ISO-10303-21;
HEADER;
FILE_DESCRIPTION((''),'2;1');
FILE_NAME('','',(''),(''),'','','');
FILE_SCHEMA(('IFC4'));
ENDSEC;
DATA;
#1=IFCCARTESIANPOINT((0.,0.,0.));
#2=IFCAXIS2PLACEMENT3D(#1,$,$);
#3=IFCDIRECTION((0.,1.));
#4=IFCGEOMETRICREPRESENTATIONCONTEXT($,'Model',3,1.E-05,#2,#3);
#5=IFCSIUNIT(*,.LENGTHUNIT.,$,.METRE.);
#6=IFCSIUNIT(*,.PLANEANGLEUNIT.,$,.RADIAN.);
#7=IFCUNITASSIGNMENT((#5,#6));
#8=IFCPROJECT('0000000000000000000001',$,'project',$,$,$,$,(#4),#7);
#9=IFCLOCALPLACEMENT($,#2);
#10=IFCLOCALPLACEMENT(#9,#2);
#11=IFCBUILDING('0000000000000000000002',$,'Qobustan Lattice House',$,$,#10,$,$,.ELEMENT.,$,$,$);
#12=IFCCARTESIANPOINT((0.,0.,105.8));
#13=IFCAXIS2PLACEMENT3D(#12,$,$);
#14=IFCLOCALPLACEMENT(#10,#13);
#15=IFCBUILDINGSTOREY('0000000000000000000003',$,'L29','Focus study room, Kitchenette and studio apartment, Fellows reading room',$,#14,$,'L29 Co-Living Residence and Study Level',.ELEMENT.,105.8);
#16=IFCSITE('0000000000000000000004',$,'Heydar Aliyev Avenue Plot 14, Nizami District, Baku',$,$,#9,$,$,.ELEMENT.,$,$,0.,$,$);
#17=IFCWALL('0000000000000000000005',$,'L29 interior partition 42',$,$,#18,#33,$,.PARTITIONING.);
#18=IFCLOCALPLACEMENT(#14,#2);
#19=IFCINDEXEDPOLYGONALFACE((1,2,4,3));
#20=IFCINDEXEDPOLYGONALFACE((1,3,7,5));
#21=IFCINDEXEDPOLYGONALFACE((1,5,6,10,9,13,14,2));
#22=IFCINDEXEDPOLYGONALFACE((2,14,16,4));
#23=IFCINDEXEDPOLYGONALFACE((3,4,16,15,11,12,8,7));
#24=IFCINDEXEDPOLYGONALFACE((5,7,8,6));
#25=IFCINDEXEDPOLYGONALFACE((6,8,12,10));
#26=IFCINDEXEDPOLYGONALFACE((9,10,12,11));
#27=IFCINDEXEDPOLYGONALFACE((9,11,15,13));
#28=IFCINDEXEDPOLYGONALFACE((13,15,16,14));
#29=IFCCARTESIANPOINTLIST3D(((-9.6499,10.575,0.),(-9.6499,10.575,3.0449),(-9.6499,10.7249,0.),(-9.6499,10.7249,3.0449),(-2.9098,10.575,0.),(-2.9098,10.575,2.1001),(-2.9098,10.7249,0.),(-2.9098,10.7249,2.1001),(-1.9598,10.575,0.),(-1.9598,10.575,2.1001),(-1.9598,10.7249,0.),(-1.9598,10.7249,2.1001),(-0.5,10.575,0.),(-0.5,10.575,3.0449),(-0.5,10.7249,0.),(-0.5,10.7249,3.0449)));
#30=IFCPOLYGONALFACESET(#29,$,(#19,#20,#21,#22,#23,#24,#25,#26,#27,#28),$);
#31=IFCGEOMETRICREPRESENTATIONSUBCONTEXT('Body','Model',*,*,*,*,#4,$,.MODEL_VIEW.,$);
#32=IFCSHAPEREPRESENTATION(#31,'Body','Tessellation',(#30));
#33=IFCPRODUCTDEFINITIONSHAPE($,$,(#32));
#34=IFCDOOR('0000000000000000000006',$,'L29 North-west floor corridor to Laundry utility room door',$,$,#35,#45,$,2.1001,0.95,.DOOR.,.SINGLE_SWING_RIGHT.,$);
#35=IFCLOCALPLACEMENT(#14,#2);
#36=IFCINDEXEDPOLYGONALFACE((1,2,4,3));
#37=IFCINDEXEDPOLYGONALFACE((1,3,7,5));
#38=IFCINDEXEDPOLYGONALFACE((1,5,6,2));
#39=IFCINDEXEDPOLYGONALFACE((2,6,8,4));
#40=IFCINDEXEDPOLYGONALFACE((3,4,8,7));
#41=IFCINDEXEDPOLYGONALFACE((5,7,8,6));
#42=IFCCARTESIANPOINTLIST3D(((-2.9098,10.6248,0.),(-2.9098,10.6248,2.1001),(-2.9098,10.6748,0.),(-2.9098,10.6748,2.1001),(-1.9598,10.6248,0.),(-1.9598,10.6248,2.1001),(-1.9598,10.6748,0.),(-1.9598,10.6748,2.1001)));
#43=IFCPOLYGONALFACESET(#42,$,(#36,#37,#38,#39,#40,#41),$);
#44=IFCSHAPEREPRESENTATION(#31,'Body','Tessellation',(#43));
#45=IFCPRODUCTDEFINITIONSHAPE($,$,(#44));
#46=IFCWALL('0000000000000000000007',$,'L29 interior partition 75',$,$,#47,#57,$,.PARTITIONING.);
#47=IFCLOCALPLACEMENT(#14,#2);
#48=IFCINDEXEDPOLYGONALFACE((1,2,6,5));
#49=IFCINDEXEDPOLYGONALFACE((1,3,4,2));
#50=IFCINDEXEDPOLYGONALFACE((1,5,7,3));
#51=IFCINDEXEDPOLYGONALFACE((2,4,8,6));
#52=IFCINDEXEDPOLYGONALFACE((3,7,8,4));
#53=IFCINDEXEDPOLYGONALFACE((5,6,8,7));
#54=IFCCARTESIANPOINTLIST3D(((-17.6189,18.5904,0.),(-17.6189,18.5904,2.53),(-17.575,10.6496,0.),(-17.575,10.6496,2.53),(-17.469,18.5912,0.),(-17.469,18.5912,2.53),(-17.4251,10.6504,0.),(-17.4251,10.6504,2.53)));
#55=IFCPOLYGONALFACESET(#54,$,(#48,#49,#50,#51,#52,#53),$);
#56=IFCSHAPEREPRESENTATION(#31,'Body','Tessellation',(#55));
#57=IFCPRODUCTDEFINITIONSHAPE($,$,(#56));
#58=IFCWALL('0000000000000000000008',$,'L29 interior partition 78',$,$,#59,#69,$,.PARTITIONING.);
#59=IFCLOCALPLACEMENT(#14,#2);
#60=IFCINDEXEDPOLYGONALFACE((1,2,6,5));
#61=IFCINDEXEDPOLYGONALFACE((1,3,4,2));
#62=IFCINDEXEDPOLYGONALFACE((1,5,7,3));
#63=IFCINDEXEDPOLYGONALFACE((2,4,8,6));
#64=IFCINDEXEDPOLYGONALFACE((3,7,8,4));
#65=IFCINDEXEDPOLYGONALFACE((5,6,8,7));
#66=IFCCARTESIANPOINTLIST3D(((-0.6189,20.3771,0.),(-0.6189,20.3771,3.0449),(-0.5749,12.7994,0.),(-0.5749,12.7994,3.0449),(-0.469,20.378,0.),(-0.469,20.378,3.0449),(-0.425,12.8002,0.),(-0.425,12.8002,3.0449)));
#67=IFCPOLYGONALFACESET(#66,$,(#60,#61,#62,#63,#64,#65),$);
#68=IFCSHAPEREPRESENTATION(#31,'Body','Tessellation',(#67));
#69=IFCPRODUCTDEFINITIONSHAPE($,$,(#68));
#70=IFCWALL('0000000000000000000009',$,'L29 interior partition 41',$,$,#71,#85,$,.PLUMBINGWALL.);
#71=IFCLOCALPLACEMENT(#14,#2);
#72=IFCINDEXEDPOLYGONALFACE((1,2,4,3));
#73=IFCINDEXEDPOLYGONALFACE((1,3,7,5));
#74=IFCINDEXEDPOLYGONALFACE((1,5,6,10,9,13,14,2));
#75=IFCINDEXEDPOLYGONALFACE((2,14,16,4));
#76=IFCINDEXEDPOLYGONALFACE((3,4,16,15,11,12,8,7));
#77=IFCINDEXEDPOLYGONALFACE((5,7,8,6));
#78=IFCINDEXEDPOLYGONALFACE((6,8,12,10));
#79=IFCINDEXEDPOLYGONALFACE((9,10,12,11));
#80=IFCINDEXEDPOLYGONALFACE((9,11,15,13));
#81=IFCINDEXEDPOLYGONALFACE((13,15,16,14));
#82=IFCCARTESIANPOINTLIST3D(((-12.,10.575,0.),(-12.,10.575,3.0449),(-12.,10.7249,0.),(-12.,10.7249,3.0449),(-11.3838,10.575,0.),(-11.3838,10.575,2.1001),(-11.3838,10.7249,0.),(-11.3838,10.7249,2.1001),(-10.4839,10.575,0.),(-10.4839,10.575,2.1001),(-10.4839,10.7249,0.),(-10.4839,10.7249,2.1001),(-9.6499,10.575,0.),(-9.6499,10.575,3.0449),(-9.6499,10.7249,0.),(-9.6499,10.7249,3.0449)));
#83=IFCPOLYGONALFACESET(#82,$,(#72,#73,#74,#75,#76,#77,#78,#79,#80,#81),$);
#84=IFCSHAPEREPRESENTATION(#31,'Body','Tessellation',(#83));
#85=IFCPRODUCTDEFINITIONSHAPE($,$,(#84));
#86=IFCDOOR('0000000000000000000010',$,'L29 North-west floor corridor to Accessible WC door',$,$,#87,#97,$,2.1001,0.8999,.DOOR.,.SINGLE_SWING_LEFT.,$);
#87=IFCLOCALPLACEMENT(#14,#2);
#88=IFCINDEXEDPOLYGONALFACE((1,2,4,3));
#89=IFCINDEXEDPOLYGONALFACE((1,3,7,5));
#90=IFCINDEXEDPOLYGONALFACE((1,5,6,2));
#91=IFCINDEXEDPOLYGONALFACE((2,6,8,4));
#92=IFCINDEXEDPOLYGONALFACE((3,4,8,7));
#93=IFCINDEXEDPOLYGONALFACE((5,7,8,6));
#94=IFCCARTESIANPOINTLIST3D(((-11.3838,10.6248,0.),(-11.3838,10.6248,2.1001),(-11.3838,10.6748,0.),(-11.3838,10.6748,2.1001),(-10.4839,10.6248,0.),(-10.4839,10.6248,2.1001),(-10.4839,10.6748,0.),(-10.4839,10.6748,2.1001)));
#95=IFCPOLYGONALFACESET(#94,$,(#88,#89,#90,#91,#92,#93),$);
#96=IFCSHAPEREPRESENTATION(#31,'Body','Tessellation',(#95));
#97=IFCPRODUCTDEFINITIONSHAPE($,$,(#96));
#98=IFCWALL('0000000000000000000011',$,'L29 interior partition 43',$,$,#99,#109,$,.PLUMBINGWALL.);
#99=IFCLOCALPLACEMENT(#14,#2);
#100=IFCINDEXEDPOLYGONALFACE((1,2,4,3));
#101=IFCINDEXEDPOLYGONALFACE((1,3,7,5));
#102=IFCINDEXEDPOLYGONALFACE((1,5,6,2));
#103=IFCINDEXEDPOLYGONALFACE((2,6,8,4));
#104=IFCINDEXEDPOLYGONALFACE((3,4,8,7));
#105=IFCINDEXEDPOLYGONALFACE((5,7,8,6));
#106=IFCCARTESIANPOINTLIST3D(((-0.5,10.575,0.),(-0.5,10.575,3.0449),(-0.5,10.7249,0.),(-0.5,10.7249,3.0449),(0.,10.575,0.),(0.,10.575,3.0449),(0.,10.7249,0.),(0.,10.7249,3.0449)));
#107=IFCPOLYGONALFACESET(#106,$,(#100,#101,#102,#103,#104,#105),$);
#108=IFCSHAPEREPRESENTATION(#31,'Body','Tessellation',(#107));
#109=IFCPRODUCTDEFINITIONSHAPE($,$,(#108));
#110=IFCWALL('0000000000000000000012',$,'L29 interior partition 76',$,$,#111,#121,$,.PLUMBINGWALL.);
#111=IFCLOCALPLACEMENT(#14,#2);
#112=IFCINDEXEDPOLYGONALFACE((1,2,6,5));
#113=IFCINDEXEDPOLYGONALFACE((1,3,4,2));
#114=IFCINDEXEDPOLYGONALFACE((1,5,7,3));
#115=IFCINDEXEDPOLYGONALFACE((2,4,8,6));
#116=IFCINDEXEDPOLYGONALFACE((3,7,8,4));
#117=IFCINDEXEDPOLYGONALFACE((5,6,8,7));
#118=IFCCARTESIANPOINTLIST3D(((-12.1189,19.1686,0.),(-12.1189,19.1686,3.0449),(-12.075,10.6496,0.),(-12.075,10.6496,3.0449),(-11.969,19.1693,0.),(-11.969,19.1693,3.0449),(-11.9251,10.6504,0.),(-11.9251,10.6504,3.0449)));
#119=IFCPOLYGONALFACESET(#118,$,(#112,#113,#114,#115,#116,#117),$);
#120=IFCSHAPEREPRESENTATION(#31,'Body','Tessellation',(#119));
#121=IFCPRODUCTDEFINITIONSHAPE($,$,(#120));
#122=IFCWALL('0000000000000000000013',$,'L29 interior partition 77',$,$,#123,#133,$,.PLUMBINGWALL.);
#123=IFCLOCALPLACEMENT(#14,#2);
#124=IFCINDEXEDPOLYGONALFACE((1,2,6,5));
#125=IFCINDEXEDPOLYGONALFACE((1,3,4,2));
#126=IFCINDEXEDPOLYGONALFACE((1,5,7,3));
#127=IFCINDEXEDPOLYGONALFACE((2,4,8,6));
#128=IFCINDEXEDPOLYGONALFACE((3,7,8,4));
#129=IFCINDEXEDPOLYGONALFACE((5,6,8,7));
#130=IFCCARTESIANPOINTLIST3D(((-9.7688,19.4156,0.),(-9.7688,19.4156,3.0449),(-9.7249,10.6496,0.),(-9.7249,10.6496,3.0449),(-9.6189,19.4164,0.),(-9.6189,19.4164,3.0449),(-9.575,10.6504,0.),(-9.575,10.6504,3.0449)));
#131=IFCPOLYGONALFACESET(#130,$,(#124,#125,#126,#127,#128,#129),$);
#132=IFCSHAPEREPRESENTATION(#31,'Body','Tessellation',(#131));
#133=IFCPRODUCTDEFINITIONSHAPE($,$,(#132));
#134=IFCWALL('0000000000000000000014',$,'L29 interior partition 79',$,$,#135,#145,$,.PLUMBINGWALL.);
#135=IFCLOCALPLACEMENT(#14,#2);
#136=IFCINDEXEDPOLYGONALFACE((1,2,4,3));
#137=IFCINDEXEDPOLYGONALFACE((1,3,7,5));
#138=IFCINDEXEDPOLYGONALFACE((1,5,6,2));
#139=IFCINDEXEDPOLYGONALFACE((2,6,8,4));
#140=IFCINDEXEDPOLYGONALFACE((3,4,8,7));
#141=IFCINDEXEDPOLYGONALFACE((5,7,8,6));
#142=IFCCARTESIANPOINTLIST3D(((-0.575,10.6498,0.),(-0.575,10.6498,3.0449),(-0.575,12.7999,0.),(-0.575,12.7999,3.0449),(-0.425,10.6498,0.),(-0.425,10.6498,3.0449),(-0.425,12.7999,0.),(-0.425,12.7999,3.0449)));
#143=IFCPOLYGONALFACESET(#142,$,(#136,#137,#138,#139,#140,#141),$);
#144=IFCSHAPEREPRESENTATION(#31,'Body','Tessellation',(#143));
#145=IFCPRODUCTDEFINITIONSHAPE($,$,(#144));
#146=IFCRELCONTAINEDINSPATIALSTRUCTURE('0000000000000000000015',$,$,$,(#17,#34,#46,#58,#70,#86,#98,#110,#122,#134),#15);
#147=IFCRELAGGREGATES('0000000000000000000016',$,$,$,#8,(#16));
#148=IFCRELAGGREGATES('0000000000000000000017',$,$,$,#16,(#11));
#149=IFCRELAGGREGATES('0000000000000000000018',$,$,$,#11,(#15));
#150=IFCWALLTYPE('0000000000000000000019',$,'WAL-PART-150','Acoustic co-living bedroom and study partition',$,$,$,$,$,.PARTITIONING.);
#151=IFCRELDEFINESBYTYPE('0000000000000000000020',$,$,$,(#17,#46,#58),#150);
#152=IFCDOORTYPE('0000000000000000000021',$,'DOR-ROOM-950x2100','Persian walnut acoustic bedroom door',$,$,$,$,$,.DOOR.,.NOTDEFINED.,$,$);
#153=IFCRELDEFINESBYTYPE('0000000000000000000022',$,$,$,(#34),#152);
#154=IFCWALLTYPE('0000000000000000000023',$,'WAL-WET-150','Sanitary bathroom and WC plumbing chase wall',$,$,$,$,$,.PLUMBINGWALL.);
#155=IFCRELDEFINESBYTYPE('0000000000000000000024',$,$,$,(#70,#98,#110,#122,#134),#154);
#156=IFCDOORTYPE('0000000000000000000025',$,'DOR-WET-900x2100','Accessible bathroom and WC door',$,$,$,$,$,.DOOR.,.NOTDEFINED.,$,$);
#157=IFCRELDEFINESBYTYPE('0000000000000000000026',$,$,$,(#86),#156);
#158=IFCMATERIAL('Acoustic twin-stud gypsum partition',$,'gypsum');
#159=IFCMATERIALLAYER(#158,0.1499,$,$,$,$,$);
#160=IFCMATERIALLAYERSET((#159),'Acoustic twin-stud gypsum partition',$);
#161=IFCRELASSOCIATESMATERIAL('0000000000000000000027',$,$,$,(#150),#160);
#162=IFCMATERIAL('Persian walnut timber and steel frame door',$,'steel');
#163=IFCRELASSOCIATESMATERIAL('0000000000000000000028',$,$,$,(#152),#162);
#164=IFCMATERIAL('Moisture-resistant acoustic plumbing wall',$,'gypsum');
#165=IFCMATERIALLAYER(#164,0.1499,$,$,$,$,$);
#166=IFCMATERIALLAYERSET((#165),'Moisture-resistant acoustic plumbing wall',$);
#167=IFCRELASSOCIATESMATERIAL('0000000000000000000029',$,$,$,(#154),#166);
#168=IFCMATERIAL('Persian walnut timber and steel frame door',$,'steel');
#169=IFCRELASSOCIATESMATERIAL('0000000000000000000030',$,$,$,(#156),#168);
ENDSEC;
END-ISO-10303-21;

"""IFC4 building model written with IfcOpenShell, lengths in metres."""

from ifc_helpers import new_model, si_unit, direction, frame, frame_2d, origin, place, context, subcontext, project, spatial, rectangle, extrude, material, layer, layer_set, type_object, element, fill, save


model = new_model("IFC4")

# Units and contexts
model_context = context("Model", 3, precision=1e-05, world=origin(), true_north=direction((0.0, 1.0)))
body_context = subcontext(model_context, "Body", "Model", "MODEL_VIEW")
ifc_project = project(units=[si_unit("LENGTHUNIT", "METRE"), si_unit("PLANEANGLEUNIT", "RADIAN")], contexts=[model_context])

# Site, building, storey
site_placement = place(None, origin())
site = spatial("IfcSite", under=ifc_project, at=site_placement, Name="Heydar Aliyev Avenue Plot 14, Nizami District, Baku", CompositionType="ELEMENT", RefElevation=0.0)
building_placement = place(site_placement, origin())
building = spatial("IfcBuilding", under=site, at=building_placement, Name="Qobustan Lattice House", CompositionType="ELEMENT")
storey_placement = place(building_placement, frame((0.0, 0.0, 105.8)))
storey = spatial("IfcBuildingStorey", under=building, at=storey_placement, Name="L29", Description="Focus study room, Kitchenette and studio apartment, Fellows reading room", LongName="L29 Co-Living Residence and Study Level", CompositionType="ELEMENT", Elevation=105.8)

# Wall, opening, door
ifc_material_1 = material(Name="Acoustic twin-stud gypsum partition", Category="gypsum")
ifc_layer_1 = layer(ifc_material_1, 0.1499)
ifc_layer_set_1 = layer_set([ifc_layer_1], Name="Acoustic twin-stud gypsum partition")
wall_type_1 = type_object("IfcWallType", Name="WAL-PART-150", Description="Acoustic co-living bedroom and study partition", PredefinedType="PARTITIONING", material=ifc_layer_set_1)
wall_1_placement = place(storey_placement, frame((-9.6499, 10.6499, 0.0), z_axis=(0.0, 0.0, 1.0), x_axis=(1.0, 0.0, 0.0)))
wall_1 = element("IfcWall", 1, at=wall_1_placement, inside=storey, type_object=wall_type_1, Name="L29 interior partition 42", PredefinedType="PARTITIONING", context=body_context, shape_type="SweptSolid", body=[
    extrude(rectangle(XDim=9.1499, YDim=0.1499, at=frame_2d((4.575, 0.0))), origin(), (0.0, 0.0, 1.0), 3.0449),
])
opening_1_placement = place(wall_1_placement, frame((6.74, 0.0, 0.0)))
opening_1 = element("IfcOpeningElement", 2, at=opening_1_placement, cuts=wall_1, PredefinedType="OPENING", context=body_context, shape_type="SweptSolid", body=[
    extrude(rectangle(XDim=0.95, YDim=2.1001, at=frame_2d((0.4751, 1.05))), frame((0.0, 0.085, 0.0), z_axis=(0.0, -1.0, 0.0), x_axis=(1.0, 0.0, 0.0)), (0.0, 0.0, 1.0), 0.1699),
])
ifc_material_2 = material(Name="Persian walnut timber and steel frame door", Category="steel")
door_type_1 = type_object("IfcDoorType", Name="DOR-ROOM-950x2100", Description="Persian walnut acoustic bedroom door", OperationType="NOTDEFINED", PredefinedType="DOOR", material=ifc_material_2)
door_1_placement = place(opening_1_placement, origin())
door_1 = element("IfcDoor", 3, at=door_1_placement, inside=storey, type_object=door_type_1, Name="L29 North-west floor corridor to Laundry utility room door", OperationType="SINGLE_SWING_RIGHT", OverallHeight=2.1001, OverallWidth=0.95, PredefinedType="DOOR", context=body_context, shape_type="SweptSolid", body=[
    extrude(rectangle(XDim=0.95, YDim=2.1001, at=frame_2d((0.4751, 1.05))), frame((0.0, 0.0249, 0.0), z_axis=(0.0, -1.0, 0.0), x_axis=(1.0, 0.0, 0.0)), (0.0, 0.0, 1.0), 0.05),
])
fill(opening_1, door_1)

# Walls
wall_2_placement = place(storey_placement, frame((-17.5439, 18.5908, 0.0), z_axis=(0.0, 0.0, 1.0), x_axis=(0.005534, -0.999985, 0.0)))
element("IfcWall", 4, at=wall_2_placement, inside=storey, type_object=wall_type_1, Name="L29 interior partition 75", PredefinedType="PARTITIONING", context=body_context, shape_type="SweptSolid", body=[
    extrude(rectangle(XDim=7.9409, YDim=0.1499, at=frame_2d((3.9705, 0.0))), origin(), (0.0, 0.0, 1.0), 2.53),
])
wall_3_placement = place(storey_placement, frame((-0.5439, 20.3777, 0.0), z_axis=(0.0, 0.0, 1.0), x_axis=(0.005799, -0.999983, 0.0)))
element("IfcWall", 5, at=wall_3_placement, inside=storey, type_object=wall_type_1, Name="L29 interior partition 78", PredefinedType="PARTITIONING", context=body_context, shape_type="SweptSolid", body=[
    extrude(rectangle(XDim=7.5779, YDim=0.1499, at=frame_2d((3.7891, 0.0))), origin(), (0.0, 0.0, 1.0), 3.0449),
])

# Wall, opening, door
ifc_material_3 = material(Name="Moisture-resistant acoustic plumbing wall", Category="gypsum")
ifc_layer_2 = layer(ifc_material_3, 0.1499)
ifc_layer_set_2 = layer_set([ifc_layer_2], Name="Moisture-resistant acoustic plumbing wall")
wall_type_2 = type_object("IfcWallType", Name="WAL-WET-150", Description="Sanitary bathroom and WC plumbing chase wall", PredefinedType="PLUMBINGWALL", material=ifc_layer_set_2)
wall_4_placement = place(storey_placement, frame((-12.0, 10.6499, 0.0), z_axis=(0.0, 0.0, 1.0), x_axis=(1.0, 0.0, 0.0)))
wall_4 = element("IfcWall", 6, at=wall_4_placement, inside=storey, type_object=wall_type_2, Name="L29 interior partition 41", PredefinedType="PLUMBINGWALL", context=body_context, shape_type="SweptSolid", body=[
    extrude(rectangle(XDim=2.3501, YDim=0.1499, at=frame_2d((1.175, 0.0))), origin(), (0.0, 0.0, 1.0), 3.0449),
])
opening_2_placement = place(wall_4_placement, frame((0.6162, 0.0, 0.0)))
opening_2 = element("IfcOpeningElement", 7, at=opening_2_placement, cuts=wall_4, PredefinedType="OPENING", context=body_context, shape_type="SweptSolid", body=[
    extrude(rectangle(XDim=0.8999, YDim=2.1001, at=frame_2d((0.45, 1.05))), frame((0.0, 0.085, 0.0), z_axis=(0.0, -1.0, 0.0), x_axis=(1.0, 0.0, 0.0)), (0.0, 0.0, 1.0), 0.1699),
])
ifc_material_4 = material(Name="Persian walnut timber and steel frame door", Category="steel")
door_type_2 = type_object("IfcDoorType", Name="DOR-WET-900x2100", Description="Accessible bathroom and WC door", OperationType="NOTDEFINED", PredefinedType="DOOR", material=ifc_material_4)
door_2_placement = place(opening_2_placement, origin())
door_2 = element("IfcDoor", 8, at=door_2_placement, inside=storey, type_object=door_type_2, Name="L29 North-west floor corridor to Accessible WC door", OperationType="SINGLE_SWING_LEFT", OverallHeight=2.1001, OverallWidth=0.8999, PredefinedType="DOOR", context=body_context, shape_type="SweptSolid", body=[
    extrude(rectangle(XDim=0.8999, YDim=2.1001, at=frame_2d((0.45, 1.05))), frame((0.0, 0.0249, 0.0), z_axis=(0.0, -1.0, 0.0), x_axis=(1.0, 0.0, 0.0)), (0.0, 0.0, 1.0), 0.05),
])
fill(opening_2, door_2)

# Walls
wall_5_placement = place(storey_placement, frame((-0.5, 10.6499, 0.0), z_axis=(0.0, 0.0, 1.0), x_axis=(1.0, 0.0, 0.0)))
element("IfcWall", 9, at=wall_5_placement, inside=storey, type_object=wall_type_2, Name="L29 interior partition 43", PredefinedType="PLUMBINGWALL", context=body_context, shape_type="SweptSolid", body=[
    extrude(rectangle(XDim=0.5, YDim=0.1499, at=frame_2d((0.25, 0.0))), origin(), (0.0, 0.0, 1.0), 3.0449),
])
wall_6_placement = place(storey_placement, frame((-12.0439, 19.1689, 0.0), z_axis=(0.0, 0.0, 1.0), x_axis=(0.005158, -0.999987, 0.0)))
element("IfcWall", 10, at=wall_6_placement, inside=storey, type_object=wall_type_2, Name="L29 interior partition 76", PredefinedType="PLUMBINGWALL", context=body_context, shape_type="SweptSolid", body=[
    extrude(rectangle(XDim=8.519, YDim=0.1499, at=frame_2d((4.2595, 0.0))), origin(), (0.0, 0.0, 1.0), 3.0449),
])
wall_7_placement = place(storey_placement, frame((-9.6938, 19.416, 0.0), z_axis=(0.0, 0.0, 1.0), x_axis=(0.005013, -0.999987, 0.0)))
element("IfcWall", 11, at=wall_7_placement, inside=storey, type_object=wall_type_2, Name="L29 interior partition 77", PredefinedType="PLUMBINGWALL", context=body_context, shape_type="SweptSolid", body=[
    extrude(rectangle(XDim=8.7661, YDim=0.1499, at=frame_2d((4.3831, 0.0))), origin(), (0.0, 0.0, 1.0), 3.0449),
])
wall_8_placement = place(storey_placement, frame((-0.5, 12.8, 0.0), z_axis=(0.0, 0.0, 1.0), x_axis=(0.0, -1.0, 0.0)))
element("IfcWall", 12, at=wall_8_placement, inside=storey, type_object=wall_type_2, Name="L29 interior partition 79", PredefinedType="PLUMBINGWALL", context=body_context, shape_type="SweptSolid", body=[
    extrude(rectangle(XDim=2.1501, YDim=0.1499, at=frame_2d((1.0752, 0.0))), origin(), (0.0, 0.0, 1.0), 3.0449),
])

save(model, "model.ifc")
